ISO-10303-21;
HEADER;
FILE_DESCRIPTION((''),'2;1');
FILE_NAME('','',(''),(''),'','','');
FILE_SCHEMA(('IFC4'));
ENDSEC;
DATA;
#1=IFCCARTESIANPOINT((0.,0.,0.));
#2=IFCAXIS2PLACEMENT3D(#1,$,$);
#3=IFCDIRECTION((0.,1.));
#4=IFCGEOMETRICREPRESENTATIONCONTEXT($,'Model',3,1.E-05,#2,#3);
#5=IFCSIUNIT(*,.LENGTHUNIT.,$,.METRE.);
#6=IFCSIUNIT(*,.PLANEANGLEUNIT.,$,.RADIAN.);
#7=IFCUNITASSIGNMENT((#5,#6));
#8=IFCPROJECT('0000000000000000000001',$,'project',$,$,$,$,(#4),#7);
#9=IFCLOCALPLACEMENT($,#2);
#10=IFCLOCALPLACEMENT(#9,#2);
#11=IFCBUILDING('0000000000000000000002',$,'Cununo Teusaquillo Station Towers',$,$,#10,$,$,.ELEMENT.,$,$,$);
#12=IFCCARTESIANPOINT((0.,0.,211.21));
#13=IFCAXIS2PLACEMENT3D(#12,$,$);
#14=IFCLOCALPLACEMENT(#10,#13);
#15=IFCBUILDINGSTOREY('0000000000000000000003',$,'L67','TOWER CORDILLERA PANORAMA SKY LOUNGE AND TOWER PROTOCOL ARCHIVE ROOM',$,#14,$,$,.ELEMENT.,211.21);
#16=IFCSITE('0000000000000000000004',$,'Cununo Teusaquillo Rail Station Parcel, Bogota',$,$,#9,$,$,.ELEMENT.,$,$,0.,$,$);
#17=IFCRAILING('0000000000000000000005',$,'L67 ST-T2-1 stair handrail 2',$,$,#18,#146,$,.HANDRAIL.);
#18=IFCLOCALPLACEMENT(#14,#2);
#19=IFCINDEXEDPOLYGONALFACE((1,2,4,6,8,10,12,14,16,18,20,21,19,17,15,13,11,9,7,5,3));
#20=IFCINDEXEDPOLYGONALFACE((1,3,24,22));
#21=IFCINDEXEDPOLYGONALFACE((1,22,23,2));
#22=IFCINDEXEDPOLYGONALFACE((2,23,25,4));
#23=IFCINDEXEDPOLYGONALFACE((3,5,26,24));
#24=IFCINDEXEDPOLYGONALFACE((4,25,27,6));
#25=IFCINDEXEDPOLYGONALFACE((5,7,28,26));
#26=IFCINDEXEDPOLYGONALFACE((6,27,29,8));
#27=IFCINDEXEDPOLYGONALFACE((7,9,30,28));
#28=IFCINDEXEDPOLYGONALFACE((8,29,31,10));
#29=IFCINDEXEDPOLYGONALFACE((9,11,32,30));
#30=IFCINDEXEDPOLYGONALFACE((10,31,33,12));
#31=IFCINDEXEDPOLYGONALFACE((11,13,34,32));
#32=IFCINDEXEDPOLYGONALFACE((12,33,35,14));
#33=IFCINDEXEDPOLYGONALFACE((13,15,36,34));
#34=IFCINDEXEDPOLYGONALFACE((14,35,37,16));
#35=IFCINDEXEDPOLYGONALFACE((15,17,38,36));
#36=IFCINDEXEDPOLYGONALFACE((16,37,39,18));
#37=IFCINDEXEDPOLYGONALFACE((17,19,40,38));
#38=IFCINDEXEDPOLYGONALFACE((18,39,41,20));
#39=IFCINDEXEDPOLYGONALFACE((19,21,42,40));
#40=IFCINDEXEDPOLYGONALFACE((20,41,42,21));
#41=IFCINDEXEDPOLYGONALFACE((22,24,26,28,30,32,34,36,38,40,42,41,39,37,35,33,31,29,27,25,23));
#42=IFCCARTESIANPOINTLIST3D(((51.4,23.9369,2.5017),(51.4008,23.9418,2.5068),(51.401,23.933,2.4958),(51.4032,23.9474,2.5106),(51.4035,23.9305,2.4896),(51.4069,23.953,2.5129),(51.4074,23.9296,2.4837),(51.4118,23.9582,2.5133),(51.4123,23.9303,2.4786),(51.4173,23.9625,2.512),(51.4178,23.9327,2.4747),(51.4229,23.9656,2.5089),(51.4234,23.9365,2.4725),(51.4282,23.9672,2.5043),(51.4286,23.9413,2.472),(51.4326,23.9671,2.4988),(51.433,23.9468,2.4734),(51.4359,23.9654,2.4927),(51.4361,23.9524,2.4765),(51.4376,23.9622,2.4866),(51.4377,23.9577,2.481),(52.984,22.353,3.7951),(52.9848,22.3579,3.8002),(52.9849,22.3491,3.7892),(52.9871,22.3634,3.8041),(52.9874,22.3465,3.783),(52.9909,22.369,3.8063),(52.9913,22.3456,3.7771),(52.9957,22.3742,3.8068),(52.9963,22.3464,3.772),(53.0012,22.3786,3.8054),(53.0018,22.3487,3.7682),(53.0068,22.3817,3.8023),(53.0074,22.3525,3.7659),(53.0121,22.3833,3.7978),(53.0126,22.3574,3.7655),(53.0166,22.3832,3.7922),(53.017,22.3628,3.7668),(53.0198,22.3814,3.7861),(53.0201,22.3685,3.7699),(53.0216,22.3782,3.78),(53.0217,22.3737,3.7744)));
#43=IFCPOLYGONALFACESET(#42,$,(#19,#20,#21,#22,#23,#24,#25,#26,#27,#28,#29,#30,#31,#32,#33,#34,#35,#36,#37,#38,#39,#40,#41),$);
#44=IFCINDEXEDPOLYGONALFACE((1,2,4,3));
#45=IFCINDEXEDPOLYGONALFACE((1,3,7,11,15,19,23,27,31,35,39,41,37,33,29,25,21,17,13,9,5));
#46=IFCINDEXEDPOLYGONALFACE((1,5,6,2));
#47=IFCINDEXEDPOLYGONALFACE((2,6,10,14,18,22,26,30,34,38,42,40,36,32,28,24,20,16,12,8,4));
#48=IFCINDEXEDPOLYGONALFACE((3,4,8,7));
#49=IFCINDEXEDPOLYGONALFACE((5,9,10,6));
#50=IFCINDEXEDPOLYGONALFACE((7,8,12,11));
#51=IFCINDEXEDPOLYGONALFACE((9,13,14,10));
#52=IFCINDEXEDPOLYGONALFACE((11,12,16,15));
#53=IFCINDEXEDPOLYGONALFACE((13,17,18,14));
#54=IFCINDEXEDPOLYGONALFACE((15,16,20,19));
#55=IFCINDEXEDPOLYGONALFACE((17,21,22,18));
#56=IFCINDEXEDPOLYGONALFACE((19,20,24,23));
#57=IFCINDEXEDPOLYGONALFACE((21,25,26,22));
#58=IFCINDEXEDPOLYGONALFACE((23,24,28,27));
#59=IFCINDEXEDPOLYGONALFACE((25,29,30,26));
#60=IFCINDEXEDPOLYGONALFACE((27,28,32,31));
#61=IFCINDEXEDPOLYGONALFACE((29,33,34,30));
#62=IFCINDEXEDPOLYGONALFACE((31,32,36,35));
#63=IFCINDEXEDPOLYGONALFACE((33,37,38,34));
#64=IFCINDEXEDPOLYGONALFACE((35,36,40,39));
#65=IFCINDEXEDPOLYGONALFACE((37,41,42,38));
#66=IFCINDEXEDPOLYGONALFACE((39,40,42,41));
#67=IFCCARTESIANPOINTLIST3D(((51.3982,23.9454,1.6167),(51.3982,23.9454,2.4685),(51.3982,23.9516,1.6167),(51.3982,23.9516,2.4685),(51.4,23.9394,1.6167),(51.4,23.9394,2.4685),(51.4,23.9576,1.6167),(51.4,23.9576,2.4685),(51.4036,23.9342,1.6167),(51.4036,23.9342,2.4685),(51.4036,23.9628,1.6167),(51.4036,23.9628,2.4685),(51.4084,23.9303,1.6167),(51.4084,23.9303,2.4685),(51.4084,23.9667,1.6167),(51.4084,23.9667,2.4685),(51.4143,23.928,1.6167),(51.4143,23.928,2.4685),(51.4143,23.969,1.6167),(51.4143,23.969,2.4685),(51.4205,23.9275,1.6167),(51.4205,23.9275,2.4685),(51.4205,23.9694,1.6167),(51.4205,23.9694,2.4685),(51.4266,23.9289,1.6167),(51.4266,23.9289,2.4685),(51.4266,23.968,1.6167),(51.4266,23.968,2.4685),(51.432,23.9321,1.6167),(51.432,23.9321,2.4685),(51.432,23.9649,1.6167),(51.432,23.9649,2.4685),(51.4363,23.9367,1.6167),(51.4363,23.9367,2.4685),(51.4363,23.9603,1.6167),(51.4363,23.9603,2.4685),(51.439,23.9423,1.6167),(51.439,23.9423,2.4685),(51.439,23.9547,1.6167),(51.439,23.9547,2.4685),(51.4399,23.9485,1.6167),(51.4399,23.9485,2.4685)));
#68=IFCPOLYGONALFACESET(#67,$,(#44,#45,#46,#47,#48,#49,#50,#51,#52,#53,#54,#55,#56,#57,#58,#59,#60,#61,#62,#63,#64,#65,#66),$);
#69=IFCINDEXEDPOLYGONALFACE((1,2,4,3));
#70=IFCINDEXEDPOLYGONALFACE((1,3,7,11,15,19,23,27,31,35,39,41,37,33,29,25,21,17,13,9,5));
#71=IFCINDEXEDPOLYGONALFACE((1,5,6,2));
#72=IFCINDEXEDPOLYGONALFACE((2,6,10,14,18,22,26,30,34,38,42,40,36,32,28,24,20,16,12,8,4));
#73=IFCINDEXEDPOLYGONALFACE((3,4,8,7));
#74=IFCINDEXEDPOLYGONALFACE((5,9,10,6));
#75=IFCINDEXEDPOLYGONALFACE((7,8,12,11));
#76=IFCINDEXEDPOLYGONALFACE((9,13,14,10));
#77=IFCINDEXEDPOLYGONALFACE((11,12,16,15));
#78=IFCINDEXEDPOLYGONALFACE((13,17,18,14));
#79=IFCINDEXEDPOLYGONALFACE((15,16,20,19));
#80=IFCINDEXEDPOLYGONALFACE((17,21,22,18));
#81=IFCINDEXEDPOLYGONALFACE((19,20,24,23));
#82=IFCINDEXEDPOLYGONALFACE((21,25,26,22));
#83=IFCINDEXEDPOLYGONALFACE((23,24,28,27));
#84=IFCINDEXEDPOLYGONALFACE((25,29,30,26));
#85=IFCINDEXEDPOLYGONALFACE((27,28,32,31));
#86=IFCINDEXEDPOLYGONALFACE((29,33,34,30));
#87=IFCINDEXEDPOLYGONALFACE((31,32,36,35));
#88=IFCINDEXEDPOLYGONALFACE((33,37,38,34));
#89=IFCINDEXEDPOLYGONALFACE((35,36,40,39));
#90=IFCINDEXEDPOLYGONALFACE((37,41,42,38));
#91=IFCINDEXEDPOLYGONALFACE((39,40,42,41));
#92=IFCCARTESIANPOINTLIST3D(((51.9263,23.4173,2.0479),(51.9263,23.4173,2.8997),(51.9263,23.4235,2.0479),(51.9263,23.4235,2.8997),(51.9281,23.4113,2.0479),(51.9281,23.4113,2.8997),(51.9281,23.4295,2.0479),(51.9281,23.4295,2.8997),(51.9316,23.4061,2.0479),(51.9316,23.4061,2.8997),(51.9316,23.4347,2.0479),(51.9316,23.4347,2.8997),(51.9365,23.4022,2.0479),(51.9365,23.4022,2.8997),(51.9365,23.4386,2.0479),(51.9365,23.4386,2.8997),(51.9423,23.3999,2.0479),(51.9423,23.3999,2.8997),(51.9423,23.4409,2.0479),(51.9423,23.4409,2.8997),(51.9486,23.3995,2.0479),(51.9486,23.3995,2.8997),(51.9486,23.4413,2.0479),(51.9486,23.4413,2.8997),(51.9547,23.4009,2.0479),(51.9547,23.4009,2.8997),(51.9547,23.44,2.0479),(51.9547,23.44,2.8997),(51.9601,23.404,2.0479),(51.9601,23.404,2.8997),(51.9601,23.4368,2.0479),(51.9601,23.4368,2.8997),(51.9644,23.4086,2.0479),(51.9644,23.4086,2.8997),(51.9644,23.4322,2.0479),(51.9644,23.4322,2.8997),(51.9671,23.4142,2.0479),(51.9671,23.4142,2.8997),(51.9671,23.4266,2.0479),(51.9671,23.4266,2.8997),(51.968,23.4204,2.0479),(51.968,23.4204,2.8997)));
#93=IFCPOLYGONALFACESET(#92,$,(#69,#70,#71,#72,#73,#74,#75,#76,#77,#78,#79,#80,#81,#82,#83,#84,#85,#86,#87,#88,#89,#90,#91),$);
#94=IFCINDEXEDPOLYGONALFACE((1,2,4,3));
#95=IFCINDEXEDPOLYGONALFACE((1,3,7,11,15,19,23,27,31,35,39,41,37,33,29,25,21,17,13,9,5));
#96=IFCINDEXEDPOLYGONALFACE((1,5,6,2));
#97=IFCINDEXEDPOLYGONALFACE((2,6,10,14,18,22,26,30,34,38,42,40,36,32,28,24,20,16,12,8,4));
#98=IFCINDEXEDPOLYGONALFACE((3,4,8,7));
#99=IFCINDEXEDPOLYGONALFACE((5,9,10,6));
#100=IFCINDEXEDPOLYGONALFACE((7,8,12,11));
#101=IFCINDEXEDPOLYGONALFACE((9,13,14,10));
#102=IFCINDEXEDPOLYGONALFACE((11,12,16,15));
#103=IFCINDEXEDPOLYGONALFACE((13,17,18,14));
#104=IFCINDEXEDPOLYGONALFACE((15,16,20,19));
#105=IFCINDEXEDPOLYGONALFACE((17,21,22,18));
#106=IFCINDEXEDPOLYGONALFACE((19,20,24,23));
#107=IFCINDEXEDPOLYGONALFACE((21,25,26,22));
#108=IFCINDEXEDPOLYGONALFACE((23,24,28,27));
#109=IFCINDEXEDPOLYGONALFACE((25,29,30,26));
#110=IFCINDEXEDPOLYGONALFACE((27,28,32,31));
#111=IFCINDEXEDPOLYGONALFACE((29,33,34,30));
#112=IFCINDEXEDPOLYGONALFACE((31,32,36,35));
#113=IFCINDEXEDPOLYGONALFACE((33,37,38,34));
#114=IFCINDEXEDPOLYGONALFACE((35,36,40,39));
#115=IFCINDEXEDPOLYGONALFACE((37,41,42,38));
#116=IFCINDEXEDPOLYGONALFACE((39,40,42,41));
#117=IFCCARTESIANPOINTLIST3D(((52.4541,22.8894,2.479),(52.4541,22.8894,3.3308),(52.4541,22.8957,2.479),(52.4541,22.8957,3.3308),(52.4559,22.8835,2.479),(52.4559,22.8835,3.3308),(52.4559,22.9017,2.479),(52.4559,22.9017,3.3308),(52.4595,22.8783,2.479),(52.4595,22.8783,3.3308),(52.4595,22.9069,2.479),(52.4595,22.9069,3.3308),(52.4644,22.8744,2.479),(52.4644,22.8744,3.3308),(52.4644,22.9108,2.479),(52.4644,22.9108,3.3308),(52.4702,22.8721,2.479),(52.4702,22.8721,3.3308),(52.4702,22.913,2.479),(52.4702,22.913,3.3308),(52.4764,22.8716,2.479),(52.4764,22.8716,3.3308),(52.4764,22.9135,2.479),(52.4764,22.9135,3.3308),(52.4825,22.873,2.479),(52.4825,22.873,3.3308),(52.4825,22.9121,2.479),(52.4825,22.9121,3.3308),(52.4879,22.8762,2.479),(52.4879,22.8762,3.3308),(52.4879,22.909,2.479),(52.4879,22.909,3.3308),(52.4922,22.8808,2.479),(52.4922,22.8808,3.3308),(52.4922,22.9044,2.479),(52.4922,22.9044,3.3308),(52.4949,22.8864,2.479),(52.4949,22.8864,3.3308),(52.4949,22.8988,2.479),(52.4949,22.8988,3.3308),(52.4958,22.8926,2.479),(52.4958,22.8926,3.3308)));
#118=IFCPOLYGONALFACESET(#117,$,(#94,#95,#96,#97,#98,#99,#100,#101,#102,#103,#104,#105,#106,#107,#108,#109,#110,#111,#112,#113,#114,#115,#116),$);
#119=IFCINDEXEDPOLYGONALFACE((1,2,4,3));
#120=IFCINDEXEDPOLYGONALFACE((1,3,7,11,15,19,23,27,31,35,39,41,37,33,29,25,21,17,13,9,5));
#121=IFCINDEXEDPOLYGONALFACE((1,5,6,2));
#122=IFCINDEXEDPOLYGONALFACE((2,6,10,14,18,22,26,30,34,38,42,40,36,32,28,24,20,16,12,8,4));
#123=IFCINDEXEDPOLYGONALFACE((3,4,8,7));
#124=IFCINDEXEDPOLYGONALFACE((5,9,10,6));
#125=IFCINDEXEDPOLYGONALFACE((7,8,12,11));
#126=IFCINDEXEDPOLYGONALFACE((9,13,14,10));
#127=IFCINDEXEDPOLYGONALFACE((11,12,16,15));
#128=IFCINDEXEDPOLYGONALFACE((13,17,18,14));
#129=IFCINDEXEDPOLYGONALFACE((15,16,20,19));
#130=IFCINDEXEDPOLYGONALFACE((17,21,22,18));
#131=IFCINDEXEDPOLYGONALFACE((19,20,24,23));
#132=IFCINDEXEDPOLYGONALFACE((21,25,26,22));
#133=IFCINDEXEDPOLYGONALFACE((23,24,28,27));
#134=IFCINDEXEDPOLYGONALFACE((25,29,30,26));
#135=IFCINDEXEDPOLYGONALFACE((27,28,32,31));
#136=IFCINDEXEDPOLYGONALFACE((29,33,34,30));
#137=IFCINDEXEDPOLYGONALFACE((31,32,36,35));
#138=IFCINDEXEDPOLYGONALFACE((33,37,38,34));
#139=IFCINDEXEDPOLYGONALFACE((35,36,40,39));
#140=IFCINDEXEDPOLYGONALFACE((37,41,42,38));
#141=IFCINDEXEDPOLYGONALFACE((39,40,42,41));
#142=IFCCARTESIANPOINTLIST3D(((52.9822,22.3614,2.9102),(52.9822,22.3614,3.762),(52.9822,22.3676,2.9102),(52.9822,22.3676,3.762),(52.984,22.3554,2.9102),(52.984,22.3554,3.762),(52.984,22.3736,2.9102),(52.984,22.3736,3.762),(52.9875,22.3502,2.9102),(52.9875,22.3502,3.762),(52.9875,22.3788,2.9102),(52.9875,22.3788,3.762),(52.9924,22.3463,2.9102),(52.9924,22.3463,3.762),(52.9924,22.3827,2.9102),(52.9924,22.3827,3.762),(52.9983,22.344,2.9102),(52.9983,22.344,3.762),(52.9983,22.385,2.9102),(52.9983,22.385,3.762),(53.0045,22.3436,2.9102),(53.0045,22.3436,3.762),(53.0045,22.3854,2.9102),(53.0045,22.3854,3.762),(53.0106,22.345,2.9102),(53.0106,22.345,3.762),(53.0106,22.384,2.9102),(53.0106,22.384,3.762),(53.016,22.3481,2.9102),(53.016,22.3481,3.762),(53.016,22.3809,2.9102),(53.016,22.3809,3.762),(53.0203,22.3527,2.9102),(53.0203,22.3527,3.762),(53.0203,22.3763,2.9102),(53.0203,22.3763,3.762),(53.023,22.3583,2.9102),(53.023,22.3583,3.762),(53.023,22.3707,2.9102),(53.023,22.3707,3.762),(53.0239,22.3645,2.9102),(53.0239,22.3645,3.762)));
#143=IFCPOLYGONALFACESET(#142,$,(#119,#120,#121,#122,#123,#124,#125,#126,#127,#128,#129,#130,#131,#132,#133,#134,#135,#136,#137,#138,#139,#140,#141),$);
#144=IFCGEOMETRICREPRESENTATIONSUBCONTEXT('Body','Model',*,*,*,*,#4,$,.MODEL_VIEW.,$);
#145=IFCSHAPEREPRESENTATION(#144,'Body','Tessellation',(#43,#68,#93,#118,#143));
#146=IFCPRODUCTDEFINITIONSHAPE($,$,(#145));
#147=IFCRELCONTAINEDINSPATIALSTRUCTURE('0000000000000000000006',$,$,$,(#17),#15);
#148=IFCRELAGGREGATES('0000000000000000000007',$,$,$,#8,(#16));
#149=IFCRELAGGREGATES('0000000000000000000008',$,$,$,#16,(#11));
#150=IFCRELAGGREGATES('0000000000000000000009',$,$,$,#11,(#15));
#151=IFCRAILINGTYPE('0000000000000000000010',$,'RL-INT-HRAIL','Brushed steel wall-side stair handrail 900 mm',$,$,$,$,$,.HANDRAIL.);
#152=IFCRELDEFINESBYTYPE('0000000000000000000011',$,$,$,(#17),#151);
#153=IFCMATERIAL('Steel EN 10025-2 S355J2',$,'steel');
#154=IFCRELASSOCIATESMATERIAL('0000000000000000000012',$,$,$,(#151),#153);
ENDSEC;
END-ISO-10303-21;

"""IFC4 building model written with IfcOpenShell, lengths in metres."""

from ifc_helpers import new_model, si_unit, direction, frame, origin, origin_2d, place, context, subcontext, project, spatial, circle, extrude, material, type_object, element, save


model = new_model("IFC4")

# Units and contexts
model_context = context("Model", 3, precision=1e-05, world=origin(), true_north=direction((0.0, 1.0)))
body_context = subcontext(model_context, "Body", "Model", "MODEL_VIEW")
ifc_project = project(units=[si_unit("LENGTHUNIT", "METRE"), si_unit("PLANEANGLEUNIT", "RADIAN")], contexts=[model_context])

# Site, building, storey
site_placement = place(None, origin())
site = spatial("IfcSite", under=ifc_project, at=site_placement, Name="Cununo Teusaquillo Rail Station Parcel, Bogota", CompositionType="ELEMENT", RefElevation=0.0)
building_placement = place(site_placement, origin())
building = spatial("IfcBuilding", under=site, at=building_placement, Name="Cununo Teusaquillo Station Towers", CompositionType="ELEMENT")
storey_placement = place(building_placement, frame((0.0, 0.0, 211.21)))
storey = spatial("IfcBuildingStorey", under=building, at=storey_placement, Name="L67", Description="TOWER CORDILLERA PANORAMA SKY LOUNGE AND TOWER PROTOCOL ARCHIVE ROOM", CompositionType="ELEMENT", Elevation=211.21)

# Railing
ifc_material_1 = material(Name="Steel EN 10025-2 S355J2", Category="steel")
railing_type = type_object("IfcRailingType", Name="RL-INT-HRAIL", Description="Brushed steel wall-side stair handrail 900 mm", PredefinedType="HANDRAIL", material=ifc_material_1)
railing_placement = place(storey_placement, frame((51.4189, 23.9485, 1.6167)))
element("IfcRailing", 1, at=railing_placement, inside=storey, type_object=railing_type, Name="L67 ST-T2-1 stair handrail 2", PredefinedType="HANDRAIL", context=body_context, shape_type="SweptSolid", body=[
    extrude(circle(Radius=0.0239, at=origin_2d()), frame((0.0, 0.0, 0.876), z_axis=(0.612356, -0.612356, 0.50004), x_axis=(0.707107, 0.707107, 0.0)), (0.0, 0.0, 1.0), 2.5867),
    extrude(circle(Radius=0.021, at=origin_2d()), origin(), (0.0, 0.0, 1.0), 0.8518),
    extrude(circle(Radius=0.021, at=origin_2d()), frame((0.5281, -0.5281, 0.4312)), (0.0, 0.0, 1.0), 0.8518),
    extrude(circle(Radius=0.021, at=origin_2d()), frame((1.0559, -1.0559, 0.8623)), (0.0, 0.0, 1.0), 0.8518),
    extrude(circle(Radius=0.021, at=origin_2d()), frame((1.584, -1.584, 1.2935)), (0.0, 0.0, 1.0), 0.8518),
])

save(model, "model.ifc")
